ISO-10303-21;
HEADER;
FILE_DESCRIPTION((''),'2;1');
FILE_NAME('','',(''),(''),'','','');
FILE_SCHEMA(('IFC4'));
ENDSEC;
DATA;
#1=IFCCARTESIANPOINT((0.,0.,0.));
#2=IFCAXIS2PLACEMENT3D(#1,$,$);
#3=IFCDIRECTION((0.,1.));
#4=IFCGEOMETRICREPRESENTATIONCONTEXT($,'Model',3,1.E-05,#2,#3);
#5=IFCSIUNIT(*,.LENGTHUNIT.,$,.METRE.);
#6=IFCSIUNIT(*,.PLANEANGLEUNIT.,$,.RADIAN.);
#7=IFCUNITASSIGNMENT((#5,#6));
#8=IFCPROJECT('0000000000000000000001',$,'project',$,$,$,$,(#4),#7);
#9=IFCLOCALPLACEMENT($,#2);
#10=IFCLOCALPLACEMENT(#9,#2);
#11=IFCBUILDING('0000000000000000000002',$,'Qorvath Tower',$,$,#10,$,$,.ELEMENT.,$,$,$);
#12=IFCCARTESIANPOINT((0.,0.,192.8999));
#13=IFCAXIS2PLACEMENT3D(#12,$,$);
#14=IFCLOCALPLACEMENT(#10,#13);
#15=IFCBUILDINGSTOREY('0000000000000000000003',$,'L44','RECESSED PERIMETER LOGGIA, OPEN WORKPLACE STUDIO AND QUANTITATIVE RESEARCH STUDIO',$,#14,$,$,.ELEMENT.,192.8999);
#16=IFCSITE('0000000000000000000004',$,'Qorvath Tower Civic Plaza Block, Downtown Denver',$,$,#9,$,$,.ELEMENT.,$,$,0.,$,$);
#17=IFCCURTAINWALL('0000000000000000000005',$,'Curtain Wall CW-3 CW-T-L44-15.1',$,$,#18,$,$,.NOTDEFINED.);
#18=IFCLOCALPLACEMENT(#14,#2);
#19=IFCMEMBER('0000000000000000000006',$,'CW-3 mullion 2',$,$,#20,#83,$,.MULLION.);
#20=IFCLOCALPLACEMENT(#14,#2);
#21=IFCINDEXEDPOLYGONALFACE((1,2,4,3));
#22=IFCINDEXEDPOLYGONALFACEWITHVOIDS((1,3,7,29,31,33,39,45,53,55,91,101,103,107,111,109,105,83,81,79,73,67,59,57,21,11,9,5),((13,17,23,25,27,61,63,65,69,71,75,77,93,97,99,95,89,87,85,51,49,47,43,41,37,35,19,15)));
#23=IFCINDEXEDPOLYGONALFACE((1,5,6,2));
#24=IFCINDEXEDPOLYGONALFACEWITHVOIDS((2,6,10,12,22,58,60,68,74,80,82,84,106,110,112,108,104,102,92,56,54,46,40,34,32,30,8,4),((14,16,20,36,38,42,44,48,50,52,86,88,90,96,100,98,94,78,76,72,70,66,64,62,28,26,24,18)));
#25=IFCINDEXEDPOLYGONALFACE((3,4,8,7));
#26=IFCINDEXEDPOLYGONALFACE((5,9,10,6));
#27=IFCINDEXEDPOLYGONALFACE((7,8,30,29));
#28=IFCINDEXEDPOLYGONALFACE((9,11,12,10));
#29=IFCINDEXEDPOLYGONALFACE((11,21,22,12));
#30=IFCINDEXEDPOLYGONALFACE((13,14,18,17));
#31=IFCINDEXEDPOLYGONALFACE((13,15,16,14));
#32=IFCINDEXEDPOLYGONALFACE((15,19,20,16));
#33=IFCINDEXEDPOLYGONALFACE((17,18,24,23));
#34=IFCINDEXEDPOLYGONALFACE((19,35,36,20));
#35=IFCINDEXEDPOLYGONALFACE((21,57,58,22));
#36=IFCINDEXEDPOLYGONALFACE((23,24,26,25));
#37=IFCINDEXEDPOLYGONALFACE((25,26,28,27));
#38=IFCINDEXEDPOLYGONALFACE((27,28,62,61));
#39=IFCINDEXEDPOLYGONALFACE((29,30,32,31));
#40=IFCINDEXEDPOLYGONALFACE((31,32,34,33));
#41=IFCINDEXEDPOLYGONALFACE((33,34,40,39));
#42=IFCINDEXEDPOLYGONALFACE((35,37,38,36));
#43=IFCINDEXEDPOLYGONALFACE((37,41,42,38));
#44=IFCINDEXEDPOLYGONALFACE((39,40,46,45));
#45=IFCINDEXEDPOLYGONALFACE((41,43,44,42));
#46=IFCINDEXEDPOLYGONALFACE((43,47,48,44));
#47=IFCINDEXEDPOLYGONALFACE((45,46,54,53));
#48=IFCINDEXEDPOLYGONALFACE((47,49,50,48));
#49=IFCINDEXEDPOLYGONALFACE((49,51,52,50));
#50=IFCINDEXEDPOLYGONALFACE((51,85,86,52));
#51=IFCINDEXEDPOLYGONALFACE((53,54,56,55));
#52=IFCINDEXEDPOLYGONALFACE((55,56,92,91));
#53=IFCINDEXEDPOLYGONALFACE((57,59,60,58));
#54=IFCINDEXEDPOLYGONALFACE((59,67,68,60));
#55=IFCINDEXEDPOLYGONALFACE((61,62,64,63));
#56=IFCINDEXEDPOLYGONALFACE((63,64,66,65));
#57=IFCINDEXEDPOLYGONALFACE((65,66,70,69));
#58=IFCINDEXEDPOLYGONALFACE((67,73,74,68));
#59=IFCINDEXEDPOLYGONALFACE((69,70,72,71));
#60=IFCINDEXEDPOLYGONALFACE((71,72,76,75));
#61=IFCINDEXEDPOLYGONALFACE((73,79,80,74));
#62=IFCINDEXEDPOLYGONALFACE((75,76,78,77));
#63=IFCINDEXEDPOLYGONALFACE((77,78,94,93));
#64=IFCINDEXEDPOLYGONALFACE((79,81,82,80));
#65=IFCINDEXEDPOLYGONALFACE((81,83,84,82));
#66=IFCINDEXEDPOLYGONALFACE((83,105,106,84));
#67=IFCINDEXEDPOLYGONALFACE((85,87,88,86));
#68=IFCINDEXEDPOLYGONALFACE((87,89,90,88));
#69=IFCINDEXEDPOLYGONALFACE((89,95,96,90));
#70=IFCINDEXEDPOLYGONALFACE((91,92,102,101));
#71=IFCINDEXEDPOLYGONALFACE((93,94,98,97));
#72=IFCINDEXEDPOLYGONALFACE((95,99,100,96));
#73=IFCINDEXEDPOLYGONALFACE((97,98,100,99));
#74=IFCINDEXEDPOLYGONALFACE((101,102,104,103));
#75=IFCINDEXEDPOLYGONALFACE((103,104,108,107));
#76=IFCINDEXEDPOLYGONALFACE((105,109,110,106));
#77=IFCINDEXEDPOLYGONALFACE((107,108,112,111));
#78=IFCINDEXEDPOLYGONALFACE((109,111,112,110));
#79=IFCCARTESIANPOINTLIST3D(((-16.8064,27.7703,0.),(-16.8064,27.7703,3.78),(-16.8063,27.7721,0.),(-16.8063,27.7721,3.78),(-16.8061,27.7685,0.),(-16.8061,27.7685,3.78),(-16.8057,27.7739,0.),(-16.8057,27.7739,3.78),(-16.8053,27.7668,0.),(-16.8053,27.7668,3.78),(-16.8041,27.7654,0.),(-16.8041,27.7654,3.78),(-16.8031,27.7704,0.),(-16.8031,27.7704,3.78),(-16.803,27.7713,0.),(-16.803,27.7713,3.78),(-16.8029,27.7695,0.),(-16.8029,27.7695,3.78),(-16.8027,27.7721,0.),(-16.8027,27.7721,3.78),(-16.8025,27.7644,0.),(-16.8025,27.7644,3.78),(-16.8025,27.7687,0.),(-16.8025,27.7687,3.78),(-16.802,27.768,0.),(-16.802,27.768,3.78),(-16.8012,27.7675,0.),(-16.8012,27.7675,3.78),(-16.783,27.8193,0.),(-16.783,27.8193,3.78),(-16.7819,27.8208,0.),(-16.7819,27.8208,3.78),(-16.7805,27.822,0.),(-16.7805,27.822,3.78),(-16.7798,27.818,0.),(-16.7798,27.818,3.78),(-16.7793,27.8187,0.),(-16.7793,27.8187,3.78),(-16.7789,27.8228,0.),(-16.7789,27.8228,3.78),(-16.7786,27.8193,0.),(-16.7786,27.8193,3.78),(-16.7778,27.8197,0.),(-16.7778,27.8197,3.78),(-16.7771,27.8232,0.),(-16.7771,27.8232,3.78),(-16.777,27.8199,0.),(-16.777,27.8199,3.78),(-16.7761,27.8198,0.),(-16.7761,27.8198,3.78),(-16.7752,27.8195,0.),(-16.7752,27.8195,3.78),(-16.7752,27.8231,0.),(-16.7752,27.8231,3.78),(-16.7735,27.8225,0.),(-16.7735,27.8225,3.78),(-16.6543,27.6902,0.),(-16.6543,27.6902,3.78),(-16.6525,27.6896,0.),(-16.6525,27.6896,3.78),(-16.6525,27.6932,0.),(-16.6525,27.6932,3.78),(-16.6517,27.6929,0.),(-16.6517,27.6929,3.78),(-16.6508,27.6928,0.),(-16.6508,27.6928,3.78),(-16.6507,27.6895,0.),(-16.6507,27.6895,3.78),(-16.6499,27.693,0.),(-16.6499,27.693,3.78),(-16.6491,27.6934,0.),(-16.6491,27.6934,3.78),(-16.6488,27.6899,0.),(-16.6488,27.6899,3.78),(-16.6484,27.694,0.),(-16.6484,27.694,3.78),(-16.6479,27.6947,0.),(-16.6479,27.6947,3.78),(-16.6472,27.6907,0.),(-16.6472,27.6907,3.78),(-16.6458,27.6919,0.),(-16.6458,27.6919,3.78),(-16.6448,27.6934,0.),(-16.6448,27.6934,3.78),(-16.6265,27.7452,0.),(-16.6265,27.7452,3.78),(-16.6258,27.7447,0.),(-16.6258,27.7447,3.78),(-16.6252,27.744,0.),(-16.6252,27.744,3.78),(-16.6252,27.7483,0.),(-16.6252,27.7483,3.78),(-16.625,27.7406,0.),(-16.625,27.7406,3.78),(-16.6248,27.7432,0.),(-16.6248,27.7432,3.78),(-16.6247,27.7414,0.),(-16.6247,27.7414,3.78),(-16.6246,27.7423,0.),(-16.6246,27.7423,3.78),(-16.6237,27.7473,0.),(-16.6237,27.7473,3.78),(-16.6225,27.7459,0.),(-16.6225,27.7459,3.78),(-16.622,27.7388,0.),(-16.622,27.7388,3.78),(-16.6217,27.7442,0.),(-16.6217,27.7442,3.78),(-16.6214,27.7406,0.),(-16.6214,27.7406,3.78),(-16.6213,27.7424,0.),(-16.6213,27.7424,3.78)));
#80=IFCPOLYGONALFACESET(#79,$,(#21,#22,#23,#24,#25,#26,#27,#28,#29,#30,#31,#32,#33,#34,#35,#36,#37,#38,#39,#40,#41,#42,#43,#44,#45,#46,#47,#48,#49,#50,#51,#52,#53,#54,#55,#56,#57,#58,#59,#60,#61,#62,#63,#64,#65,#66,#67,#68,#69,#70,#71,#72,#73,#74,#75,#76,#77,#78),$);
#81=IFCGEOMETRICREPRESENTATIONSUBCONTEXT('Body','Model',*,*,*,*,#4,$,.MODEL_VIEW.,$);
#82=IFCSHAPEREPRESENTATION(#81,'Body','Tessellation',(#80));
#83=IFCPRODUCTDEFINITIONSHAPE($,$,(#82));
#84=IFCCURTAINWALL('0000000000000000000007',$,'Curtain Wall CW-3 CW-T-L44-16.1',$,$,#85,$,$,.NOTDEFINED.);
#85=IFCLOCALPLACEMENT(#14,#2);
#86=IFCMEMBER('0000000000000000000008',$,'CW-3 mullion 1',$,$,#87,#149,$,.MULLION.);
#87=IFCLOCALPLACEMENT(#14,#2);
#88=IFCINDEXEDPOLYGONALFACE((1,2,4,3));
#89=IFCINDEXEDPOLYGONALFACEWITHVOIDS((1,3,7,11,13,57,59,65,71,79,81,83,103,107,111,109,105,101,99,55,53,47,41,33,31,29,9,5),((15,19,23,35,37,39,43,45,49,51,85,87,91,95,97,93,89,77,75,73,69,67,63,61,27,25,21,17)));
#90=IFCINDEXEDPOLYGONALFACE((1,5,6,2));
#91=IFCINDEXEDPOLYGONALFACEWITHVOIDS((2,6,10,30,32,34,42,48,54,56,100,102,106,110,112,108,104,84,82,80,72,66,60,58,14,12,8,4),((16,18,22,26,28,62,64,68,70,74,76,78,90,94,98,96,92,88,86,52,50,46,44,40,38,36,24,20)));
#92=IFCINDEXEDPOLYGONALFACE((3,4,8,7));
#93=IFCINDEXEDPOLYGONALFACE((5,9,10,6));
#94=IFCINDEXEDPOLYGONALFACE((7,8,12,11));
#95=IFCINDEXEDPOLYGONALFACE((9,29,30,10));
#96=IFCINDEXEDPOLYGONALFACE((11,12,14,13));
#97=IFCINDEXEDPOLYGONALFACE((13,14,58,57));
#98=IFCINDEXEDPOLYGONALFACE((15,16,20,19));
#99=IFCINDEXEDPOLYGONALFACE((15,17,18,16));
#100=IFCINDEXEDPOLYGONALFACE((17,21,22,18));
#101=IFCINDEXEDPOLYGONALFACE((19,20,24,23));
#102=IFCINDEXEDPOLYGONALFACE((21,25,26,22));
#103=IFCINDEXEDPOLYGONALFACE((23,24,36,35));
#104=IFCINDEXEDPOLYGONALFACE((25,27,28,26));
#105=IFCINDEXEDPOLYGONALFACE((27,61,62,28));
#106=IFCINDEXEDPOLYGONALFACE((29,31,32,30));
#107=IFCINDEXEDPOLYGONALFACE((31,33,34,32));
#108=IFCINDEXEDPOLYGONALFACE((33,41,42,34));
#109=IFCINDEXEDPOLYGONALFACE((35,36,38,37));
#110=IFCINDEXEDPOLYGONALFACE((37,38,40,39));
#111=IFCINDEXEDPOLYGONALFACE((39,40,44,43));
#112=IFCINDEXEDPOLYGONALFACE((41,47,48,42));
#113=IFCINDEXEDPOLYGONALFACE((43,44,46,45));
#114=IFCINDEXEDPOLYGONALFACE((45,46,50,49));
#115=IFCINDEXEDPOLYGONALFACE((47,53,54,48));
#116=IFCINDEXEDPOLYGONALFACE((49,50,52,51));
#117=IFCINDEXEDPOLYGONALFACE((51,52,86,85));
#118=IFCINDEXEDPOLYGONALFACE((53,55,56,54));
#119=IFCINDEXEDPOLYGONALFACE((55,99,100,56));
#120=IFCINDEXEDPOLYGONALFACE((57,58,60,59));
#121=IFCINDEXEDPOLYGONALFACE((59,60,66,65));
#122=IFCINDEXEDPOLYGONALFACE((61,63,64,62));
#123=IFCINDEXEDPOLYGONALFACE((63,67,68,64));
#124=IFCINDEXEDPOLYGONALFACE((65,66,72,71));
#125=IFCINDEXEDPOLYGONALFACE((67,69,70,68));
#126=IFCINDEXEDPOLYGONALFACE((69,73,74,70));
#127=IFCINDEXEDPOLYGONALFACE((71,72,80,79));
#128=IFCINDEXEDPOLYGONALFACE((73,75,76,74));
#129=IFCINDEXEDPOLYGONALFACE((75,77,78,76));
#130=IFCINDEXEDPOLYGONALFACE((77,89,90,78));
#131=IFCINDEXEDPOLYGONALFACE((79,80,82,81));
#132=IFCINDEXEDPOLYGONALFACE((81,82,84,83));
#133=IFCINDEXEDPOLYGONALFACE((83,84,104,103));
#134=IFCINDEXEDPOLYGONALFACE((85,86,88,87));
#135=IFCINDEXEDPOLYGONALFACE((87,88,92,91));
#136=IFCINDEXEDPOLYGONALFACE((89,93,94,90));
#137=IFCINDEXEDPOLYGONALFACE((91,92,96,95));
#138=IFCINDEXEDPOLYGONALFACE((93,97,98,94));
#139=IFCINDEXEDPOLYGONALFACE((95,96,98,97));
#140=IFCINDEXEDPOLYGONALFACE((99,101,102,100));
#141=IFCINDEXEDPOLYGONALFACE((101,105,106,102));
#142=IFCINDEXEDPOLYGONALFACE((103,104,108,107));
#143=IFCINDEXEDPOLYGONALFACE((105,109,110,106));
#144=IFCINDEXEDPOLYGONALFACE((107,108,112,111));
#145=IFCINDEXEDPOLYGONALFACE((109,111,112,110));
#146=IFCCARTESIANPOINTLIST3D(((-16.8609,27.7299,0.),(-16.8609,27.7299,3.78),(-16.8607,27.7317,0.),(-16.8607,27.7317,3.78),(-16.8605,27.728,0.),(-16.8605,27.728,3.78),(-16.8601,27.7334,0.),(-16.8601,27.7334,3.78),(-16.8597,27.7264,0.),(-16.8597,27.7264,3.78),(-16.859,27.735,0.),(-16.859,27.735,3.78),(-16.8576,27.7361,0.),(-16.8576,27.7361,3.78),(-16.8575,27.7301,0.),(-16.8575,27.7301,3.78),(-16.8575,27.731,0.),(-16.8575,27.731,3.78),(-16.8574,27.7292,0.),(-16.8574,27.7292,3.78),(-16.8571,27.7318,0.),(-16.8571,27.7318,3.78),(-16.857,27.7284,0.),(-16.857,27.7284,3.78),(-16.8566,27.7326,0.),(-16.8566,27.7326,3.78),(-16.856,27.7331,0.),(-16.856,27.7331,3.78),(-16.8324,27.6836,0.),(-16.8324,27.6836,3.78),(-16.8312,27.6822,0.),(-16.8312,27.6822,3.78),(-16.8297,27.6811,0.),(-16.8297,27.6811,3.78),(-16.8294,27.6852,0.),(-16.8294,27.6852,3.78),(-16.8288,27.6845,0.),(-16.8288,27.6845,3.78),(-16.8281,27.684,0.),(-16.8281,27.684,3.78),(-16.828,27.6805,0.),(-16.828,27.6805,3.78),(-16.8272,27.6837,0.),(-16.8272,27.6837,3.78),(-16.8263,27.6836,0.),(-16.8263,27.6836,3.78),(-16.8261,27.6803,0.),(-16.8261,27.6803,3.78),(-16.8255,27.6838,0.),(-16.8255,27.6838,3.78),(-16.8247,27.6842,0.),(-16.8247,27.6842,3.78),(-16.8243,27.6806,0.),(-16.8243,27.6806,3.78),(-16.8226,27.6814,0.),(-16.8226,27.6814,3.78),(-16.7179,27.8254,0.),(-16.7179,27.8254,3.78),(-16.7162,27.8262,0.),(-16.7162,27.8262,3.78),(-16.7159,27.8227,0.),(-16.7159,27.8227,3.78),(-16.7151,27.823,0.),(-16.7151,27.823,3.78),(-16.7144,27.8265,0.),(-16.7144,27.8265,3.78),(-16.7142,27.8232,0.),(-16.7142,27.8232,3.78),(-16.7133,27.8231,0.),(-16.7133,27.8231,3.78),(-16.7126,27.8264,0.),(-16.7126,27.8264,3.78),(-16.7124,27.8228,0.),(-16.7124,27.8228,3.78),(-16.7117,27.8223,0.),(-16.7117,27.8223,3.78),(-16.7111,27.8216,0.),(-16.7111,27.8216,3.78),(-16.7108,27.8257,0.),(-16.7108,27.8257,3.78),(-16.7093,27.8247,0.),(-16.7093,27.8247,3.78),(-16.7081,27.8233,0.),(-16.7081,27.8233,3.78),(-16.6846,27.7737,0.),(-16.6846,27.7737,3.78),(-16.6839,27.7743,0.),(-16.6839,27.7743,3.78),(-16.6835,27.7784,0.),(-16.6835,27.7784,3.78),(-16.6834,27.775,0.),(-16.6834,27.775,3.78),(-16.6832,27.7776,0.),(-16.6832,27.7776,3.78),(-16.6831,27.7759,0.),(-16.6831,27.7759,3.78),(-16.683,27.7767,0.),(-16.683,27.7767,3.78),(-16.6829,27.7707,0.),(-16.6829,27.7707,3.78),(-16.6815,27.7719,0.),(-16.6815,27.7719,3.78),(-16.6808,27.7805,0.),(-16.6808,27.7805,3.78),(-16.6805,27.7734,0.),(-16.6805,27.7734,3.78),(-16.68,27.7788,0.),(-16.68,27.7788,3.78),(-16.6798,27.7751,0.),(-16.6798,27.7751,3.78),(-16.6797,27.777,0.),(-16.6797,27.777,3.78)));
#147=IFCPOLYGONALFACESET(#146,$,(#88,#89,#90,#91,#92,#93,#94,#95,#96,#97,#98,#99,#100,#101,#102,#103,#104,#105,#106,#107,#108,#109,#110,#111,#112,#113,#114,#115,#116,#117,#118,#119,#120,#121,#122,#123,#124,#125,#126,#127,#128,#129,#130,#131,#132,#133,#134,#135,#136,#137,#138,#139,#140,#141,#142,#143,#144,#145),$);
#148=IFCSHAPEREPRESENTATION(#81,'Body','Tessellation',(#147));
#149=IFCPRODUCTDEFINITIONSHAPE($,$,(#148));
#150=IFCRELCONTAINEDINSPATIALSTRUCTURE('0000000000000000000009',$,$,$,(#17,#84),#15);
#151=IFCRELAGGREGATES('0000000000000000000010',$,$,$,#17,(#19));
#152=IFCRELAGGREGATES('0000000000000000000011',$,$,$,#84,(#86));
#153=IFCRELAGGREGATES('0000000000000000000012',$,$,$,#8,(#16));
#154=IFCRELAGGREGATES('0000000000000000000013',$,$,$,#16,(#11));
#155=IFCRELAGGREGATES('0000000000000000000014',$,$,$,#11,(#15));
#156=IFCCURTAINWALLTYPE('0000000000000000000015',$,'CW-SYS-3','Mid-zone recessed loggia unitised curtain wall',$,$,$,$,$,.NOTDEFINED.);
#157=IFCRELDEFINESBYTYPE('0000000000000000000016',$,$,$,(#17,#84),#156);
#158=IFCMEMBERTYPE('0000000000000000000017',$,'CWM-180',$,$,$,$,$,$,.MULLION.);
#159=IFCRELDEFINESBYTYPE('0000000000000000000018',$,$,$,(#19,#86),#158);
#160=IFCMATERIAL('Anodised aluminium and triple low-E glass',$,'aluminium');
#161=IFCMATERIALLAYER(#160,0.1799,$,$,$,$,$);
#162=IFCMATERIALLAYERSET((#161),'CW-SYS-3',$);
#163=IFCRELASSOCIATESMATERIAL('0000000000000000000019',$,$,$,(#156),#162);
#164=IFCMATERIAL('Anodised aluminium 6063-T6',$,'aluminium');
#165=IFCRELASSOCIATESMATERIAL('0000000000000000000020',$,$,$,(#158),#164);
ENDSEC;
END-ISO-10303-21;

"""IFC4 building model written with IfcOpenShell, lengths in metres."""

from ifc_helpers import new_model, si_unit, direction, frame, origin, origin_2d, place, context, subcontext, project, spatial, hollow_rectangle, extrude, material, layer, layer_set, material_profile, profile_set, type_object, element, aggregate, save


model = new_model("IFC4")

# Units and contexts
model_context = context("Model", 3, precision=1e-05, world=origin(), true_north=direction((0.0, 1.0)))
body_context = subcontext(model_context, "Body", "Model", "MODEL_VIEW")
ifc_project = project(units=[si_unit("LENGTHUNIT", "METRE"), si_unit("PLANEANGLEUNIT", "RADIAN")], contexts=[model_context])

# Site, building, storey
site_placement = place(None, origin())
site = spatial("IfcSite", under=ifc_project, at=site_placement, Name="Qorvath Tower Civic Plaza Block, Downtown Denver", CompositionType="ELEMENT", RefElevation=0.0)
building_placement = place(site_placement, origin())
building = spatial("IfcBuilding", under=site, at=building_placement, Name="Qorvath Tower", CompositionType="ELEMENT")
storey_placement = place(building_placement, frame((0.0, 0.0, 192.8999)))
storey = spatial("IfcBuildingStorey", under=building, at=storey_placement, Name="L44", Description="RECESSED PERIMETER LOGGIA, OPEN WORKPLACE STUDIO AND QUANTITATIVE RESEARCH STUDIO", CompositionType="ELEMENT", Elevation=192.8999)

# Curtain wall, member
ifc_material_1 = material(Name="Anodised aluminium and triple low-E glass", Category="aluminium")
ifc_layer_1 = layer(ifc_material_1, 0.1799)
ifc_layer_set_1 = layer_set([ifc_layer_1], Name="CW-SYS-3")
curtain_wall_type = type_object("IfcCurtainWallType", Name="CW-SYS-3", Description="Mid-zone recessed loggia unitised curtain wall", PredefinedType="NOTDEFINED", material=ifc_layer_set_1)
curtain_wall_1_placement = place(storey_placement, origin())
curtain_wall_1 = element("IfcCurtainWall", 1, at=curtain_wall_1_placement, inside=storey, type_object=curtain_wall_type, Name="Curtain Wall CW-3 CW-T-L44-15.1", PredefinedType="NOTDEFINED")
ifc_material_2 = material(Name="Anodised aluminium 6063-T6", Category="aluminium")
ifc_material_profile_1 = material_profile(ifc_material_2, hollow_rectangle(XDim=0.0649, YDim=0.1799, WallThickness=0.0034, InnerFilletRadius=0.0034, OuterFilletRadius=0.0071, at=origin_2d()), Name="CWM 180x65")
ifc_profile_set_1 = profile_set([ifc_material_profile_1], Name="Anodised aluminium 6063-T6")
member_type_1 = type_object("IfcMemberType", Name="CWM-180", PredefinedType="MULLION", material=ifc_profile_set_1)
member_1_placement = place(storey_placement, frame((-16.7139, 27.7563, 0.0), z_axis=(0.0, 0.0, 1.0), x_axis=(-0.447205, -0.894432, 0.0)))
member_1 = element("IfcMember", 2, at=member_1_placement, type_object=member_type_1, Name="CW-3 mullion 2", PredefinedType="MULLION", context=body_context, shape_type="SweptSolid", body=[
    extrude(hollow_rectangle(XDim=0.0649, YDim=0.1799, WallThickness=0.0034, InnerFilletRadius=0.0034, OuterFilletRadius=0.0071, at=origin_2d()), origin(), (0.0, 0.0, 1.0), 3.78),
])

# Curtain wall, member
curtain_wall_2_placement = place(storey_placement, origin())
curtain_wall_2 = element("IfcCurtainWall", 3, at=curtain_wall_2_placement, inside=storey, type_object=curtain_wall_type, Name="Curtain Wall CW-3 CW-T-L44-16.1", PredefinedType="NOTDEFINED")
member_2_placement = place(storey_placement, frame((-16.7703, 27.7534, 0.0), z_axis=(0.0, 0.0, 1.0), x_axis=(0.538534, -0.842604, 0.0)))
member_2 = element("IfcMember", 4, at=member_2_placement, type_object=member_type_1, Name="CW-3 mullion 1", PredefinedType="MULLION", context=body_context, shape_type="SweptSolid", body=[
    extrude(hollow_rectangle(XDim=0.0649, YDim=0.1799, WallThickness=0.0034, InnerFilletRadius=0.0034, OuterFilletRadius=0.0071, at=origin_2d()), origin(), (0.0, 0.0, 1.0), 3.78),
])

aggregate(curtain_wall_1, [member_1])
aggregate(curtain_wall_2, [member_2])

save(model, "model.ifc")
